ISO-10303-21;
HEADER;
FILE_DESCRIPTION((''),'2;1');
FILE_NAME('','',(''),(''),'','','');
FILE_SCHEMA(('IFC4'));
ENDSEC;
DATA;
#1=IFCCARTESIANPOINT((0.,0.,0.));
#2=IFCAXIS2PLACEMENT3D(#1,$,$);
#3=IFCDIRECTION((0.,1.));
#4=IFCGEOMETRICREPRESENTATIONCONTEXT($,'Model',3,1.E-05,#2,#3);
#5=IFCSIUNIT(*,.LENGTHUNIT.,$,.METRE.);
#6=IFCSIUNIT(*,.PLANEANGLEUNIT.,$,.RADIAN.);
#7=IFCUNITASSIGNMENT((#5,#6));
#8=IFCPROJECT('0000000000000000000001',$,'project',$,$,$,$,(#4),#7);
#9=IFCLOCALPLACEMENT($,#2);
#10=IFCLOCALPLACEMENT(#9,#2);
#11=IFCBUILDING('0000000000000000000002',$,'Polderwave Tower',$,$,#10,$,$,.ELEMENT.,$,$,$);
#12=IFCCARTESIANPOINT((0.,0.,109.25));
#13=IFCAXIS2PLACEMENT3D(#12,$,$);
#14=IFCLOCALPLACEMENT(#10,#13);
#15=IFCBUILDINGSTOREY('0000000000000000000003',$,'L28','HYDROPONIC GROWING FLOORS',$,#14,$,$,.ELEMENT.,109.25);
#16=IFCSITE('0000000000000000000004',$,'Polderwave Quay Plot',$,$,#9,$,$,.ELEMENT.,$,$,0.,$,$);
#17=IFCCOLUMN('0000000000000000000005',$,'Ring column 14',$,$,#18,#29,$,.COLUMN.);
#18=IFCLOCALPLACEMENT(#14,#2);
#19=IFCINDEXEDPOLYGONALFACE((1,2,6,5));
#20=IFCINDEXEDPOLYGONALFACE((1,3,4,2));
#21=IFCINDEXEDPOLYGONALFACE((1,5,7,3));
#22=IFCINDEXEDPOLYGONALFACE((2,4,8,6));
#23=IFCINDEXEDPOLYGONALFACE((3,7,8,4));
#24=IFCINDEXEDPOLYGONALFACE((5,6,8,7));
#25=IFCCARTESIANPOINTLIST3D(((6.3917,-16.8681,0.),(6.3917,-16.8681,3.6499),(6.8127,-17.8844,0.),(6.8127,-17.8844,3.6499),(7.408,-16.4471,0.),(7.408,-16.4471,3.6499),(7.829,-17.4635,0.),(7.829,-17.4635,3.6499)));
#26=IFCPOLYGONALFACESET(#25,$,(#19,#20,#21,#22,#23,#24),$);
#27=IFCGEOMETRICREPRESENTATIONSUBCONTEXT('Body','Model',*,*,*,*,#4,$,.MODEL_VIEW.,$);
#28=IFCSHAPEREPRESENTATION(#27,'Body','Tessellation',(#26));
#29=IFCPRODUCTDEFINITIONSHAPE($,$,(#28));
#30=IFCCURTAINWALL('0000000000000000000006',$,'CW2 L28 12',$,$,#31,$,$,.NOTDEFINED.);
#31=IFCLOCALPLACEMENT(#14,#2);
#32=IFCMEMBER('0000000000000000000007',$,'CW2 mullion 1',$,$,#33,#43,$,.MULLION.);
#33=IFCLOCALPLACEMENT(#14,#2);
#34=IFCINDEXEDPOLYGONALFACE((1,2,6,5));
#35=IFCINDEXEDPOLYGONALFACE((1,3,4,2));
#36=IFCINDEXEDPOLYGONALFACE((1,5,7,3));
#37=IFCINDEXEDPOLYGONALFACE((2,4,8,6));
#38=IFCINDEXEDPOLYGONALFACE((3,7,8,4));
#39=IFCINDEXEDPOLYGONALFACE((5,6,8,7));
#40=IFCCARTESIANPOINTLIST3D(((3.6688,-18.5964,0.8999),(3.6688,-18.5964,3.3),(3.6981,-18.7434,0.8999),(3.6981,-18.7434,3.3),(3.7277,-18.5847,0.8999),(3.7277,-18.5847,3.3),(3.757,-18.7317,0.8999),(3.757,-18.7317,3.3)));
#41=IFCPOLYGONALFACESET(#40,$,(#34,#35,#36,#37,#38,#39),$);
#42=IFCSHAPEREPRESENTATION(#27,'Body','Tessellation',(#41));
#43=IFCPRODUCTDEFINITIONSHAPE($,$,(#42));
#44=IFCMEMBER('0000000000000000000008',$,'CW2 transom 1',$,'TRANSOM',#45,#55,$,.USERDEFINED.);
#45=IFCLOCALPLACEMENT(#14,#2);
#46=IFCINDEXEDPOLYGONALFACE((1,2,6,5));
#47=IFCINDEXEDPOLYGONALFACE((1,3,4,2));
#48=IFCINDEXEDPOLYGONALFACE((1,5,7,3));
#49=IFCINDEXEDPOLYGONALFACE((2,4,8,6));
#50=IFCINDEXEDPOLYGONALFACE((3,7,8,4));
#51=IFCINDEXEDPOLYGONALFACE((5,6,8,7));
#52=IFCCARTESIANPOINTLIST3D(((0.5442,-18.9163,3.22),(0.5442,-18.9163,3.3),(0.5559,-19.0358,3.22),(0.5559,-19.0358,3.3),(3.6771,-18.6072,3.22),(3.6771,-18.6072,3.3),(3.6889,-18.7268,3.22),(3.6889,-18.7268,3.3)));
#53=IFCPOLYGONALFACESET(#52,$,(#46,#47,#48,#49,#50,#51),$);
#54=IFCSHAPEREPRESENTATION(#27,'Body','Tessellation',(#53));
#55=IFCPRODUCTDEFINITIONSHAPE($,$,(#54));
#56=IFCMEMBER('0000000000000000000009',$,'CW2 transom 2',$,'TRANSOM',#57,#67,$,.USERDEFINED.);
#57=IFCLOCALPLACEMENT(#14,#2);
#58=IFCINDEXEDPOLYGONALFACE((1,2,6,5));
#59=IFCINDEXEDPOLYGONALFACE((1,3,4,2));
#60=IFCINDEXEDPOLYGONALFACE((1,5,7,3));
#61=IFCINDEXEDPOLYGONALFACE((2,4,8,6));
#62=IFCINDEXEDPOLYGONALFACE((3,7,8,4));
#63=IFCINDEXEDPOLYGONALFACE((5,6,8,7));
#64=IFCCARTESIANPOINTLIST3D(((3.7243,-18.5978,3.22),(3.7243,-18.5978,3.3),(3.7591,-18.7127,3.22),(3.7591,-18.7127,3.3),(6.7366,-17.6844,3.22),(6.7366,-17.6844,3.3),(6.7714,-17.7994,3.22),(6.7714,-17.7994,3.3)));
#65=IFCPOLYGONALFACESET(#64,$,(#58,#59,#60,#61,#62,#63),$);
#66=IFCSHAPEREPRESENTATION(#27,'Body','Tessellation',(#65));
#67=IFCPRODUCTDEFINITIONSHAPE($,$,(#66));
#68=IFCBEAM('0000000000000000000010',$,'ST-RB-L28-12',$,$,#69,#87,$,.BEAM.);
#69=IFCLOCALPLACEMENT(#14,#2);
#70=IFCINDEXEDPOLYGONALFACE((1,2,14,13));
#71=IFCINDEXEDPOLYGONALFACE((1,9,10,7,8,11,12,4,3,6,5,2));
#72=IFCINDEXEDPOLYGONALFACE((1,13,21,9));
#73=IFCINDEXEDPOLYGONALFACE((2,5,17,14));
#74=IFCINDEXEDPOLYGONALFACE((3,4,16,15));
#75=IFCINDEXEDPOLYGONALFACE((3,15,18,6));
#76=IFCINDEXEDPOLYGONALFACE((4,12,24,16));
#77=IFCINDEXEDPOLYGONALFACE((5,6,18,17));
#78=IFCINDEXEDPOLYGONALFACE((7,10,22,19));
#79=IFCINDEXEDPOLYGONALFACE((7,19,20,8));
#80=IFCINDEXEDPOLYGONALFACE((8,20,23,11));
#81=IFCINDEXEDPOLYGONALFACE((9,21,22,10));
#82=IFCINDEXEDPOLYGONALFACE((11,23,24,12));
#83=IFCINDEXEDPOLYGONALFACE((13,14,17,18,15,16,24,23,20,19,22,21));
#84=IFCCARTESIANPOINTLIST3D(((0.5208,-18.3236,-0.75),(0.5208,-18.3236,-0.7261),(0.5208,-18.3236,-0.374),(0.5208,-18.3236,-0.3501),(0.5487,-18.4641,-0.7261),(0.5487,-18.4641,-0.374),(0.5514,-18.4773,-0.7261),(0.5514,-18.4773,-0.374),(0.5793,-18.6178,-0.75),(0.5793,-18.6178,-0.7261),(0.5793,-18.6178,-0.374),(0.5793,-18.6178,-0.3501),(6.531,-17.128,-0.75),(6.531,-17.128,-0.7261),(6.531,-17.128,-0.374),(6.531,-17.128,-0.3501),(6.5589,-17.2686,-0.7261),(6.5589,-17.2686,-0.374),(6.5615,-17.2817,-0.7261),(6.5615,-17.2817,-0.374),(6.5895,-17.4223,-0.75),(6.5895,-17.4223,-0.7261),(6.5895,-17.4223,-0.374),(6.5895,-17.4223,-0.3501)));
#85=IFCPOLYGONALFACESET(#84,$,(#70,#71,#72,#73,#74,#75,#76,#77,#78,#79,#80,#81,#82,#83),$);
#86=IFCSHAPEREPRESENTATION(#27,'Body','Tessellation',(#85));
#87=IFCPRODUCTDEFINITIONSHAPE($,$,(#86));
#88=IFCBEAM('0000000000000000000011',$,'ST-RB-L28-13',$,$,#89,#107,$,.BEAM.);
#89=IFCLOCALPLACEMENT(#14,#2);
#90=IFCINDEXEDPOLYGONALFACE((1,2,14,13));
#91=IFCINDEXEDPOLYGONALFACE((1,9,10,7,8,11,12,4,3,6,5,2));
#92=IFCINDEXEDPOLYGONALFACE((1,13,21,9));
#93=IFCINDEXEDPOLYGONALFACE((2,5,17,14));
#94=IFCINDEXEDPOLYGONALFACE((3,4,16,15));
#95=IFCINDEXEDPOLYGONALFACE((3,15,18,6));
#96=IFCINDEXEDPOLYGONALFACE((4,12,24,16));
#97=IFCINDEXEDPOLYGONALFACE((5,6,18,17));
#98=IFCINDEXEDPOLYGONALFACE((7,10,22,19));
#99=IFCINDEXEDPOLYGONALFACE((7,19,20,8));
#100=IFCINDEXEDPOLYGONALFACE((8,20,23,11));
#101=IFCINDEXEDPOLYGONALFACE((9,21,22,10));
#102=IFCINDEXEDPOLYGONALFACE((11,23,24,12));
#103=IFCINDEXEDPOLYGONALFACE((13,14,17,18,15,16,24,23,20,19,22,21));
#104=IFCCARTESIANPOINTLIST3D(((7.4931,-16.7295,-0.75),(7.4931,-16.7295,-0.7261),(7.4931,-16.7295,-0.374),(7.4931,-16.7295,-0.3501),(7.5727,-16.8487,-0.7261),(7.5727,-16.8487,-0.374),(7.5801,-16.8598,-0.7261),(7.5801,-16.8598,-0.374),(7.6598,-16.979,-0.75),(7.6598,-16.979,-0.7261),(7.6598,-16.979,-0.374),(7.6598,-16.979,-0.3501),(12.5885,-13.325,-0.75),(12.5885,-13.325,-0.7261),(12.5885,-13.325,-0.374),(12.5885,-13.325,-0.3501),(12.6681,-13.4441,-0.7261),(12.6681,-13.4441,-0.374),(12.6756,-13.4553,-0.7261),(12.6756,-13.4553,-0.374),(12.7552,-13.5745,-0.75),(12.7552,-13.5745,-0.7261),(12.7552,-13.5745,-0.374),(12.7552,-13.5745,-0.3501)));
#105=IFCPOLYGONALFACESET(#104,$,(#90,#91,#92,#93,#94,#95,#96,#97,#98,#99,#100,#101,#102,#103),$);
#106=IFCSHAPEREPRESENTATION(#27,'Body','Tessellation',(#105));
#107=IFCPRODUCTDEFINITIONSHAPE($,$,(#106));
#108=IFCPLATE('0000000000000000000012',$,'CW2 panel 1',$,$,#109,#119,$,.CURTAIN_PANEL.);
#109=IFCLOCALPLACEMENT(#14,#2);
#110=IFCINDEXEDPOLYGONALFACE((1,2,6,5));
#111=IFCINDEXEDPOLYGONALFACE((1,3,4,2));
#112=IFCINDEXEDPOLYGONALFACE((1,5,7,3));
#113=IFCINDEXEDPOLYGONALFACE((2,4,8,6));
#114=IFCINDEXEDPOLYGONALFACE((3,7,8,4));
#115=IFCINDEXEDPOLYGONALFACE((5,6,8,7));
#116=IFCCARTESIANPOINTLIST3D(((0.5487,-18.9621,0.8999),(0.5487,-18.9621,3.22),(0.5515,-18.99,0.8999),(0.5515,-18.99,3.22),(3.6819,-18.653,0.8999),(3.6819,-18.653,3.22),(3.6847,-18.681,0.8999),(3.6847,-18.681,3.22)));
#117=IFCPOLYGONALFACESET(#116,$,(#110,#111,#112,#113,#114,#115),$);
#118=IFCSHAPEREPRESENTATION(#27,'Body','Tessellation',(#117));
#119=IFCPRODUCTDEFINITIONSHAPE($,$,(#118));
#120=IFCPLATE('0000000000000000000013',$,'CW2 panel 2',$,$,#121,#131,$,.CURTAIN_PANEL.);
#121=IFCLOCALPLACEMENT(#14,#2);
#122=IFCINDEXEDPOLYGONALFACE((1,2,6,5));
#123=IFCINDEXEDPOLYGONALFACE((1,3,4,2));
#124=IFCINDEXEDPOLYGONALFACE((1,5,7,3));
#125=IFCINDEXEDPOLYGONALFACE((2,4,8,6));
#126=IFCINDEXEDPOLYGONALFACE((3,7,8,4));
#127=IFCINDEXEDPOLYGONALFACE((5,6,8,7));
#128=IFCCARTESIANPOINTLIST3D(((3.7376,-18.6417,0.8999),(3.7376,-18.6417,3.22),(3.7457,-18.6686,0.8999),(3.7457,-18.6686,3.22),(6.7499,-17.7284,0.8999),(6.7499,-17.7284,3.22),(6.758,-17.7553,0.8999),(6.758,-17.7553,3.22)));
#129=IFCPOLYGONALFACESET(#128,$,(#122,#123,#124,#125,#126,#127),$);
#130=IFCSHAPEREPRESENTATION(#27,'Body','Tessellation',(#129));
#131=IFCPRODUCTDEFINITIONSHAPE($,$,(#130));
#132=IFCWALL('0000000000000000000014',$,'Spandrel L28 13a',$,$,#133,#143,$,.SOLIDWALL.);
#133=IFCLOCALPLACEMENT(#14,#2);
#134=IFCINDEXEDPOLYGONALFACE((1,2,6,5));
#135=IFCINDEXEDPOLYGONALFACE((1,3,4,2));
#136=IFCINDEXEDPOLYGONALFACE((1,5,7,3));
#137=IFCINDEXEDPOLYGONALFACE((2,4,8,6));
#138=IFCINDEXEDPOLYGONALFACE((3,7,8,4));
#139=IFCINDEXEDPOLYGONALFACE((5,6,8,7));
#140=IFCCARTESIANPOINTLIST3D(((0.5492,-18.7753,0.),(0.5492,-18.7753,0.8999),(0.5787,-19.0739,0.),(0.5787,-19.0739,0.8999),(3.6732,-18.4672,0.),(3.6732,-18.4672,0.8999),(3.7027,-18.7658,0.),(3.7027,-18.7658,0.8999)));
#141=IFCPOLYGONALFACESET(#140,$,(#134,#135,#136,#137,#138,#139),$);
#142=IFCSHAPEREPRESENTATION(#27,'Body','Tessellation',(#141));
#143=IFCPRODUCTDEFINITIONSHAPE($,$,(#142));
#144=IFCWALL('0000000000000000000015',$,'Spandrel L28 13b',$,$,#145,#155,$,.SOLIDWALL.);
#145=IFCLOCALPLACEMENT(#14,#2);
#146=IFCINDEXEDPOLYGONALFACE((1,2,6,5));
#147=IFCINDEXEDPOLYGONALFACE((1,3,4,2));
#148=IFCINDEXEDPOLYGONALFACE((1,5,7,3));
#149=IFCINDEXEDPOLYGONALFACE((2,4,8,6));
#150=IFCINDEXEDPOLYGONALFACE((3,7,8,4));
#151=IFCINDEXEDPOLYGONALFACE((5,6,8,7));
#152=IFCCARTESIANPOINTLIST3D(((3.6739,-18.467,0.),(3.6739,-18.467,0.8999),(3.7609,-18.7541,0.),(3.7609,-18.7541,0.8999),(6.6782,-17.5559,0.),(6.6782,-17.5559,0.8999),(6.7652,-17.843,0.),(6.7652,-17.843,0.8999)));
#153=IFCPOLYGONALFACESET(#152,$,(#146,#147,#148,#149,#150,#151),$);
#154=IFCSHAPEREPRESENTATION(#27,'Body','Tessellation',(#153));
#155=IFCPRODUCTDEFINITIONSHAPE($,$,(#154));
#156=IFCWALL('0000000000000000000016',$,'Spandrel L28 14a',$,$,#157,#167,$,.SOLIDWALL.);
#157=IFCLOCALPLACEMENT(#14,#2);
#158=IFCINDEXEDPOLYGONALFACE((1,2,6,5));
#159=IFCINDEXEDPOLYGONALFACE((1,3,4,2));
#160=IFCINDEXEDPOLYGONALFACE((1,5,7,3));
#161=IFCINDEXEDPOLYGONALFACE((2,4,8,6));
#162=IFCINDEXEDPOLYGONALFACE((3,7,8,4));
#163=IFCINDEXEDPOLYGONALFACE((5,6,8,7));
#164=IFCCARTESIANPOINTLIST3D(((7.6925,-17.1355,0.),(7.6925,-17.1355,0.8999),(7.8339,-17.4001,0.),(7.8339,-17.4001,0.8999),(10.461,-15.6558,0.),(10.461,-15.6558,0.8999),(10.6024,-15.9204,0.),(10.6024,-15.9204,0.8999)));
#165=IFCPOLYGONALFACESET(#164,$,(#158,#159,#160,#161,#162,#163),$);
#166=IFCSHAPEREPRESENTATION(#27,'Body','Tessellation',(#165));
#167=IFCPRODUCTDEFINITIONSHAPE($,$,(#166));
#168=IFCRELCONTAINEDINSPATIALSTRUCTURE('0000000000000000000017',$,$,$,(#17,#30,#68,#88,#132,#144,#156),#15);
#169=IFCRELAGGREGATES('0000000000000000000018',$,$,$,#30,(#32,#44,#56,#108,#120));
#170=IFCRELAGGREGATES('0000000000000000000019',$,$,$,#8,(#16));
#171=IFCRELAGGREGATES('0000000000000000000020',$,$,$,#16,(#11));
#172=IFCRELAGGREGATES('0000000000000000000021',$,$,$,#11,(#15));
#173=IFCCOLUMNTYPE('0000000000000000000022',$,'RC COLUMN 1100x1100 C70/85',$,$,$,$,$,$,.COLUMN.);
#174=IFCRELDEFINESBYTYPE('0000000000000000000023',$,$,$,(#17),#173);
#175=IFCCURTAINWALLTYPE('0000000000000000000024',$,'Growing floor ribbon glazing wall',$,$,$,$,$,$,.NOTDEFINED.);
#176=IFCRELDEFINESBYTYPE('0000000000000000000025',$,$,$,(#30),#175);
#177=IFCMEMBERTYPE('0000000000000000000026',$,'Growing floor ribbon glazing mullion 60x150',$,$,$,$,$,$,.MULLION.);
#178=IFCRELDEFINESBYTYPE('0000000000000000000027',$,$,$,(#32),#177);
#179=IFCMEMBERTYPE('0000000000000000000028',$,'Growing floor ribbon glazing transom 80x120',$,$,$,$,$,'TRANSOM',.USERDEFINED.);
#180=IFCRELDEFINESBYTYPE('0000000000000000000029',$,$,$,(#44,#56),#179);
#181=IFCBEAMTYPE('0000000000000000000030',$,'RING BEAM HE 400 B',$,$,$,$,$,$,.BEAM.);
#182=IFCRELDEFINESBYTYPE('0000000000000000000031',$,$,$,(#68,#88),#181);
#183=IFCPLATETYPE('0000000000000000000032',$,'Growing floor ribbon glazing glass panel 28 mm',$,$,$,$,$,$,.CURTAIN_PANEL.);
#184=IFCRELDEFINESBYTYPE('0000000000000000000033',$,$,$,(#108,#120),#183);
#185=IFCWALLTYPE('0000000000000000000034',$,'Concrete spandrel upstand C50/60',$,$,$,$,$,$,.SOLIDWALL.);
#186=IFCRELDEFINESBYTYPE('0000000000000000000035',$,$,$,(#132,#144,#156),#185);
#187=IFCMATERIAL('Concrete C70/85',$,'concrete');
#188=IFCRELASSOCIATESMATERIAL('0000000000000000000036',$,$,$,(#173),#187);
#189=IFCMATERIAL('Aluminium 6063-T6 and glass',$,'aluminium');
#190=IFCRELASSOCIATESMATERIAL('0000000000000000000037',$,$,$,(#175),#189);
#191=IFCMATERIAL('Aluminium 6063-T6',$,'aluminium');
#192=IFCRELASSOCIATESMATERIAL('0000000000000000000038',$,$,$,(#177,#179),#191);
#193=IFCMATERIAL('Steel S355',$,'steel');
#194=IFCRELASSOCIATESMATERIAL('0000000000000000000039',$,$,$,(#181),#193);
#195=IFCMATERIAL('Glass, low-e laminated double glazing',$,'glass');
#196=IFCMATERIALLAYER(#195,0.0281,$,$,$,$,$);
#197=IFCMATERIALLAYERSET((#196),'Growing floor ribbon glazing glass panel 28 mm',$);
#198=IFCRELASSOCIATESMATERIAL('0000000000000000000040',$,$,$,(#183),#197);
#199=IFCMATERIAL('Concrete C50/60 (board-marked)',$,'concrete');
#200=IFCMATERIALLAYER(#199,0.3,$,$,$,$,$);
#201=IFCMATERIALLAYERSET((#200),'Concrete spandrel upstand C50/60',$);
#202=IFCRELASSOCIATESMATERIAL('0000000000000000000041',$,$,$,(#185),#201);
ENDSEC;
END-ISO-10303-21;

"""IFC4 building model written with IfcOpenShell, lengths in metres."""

from ifc_helpers import new_model, si_unit, direction, frame, frame_2d, origin, origin_2d, place, context, subcontext, project, spatial, rectangle, i_section, extrude, material, layer, layer_set, material_profile, profile_set, type_object, element, aggregate, save


model = new_model("IFC4")

# Units and contexts
model_context = context("Model", 3, precision=1e-05, world=origin(), true_north=direction((0.0, 1.0)))
body_context = subcontext(model_context, "Body", "Model", "MODEL_VIEW")
ifc_project = project(units=[si_unit("LENGTHUNIT", "METRE"), si_unit("PLANEANGLEUNIT", "RADIAN")], contexts=[model_context])

# Site, building, storey
site_placement = place(None, origin())
site = spatial("IfcSite", under=ifc_project, at=site_placement, Name="Polderwave Quay Plot", CompositionType="ELEMENT", RefElevation=0.0)
building_placement = place(site_placement, origin())
building = spatial("IfcBuilding", under=site, at=building_placement, Name="Polderwave Tower", CompositionType="ELEMENT")
storey_placement = place(building_placement, frame((0.0, 0.0, 109.25)))
storey = spatial("IfcBuildingStorey", under=building, at=storey_placement, Name="L28", Description="HYDROPONIC GROWING FLOORS", CompositionType="ELEMENT", Elevation=109.25)

# Column
ifc_material_1 = material(Name="Concrete C70/85", Category="concrete")
ifc_material_profile_1 = material_profile(ifc_material_1, rectangle(XDim=1.1001, YDim=1.1001, at=origin_2d()), Name="RC 1100x1100")
ifc_profile_set_1 = profile_set([ifc_material_profile_1], Name="Concrete C70/85")
column_type = type_object("IfcColumnType", Name="RC COLUMN 1100x1100 C70/85", PredefinedType="COLUMN", material=ifc_profile_set_1)
column_placement = place(storey_placement, frame((7.1104, -17.1658, 0.0), z_axis=(0.0, 0.0, 1.0), x_axis=(0.382683, -0.92388, 0.0)))
element("IfcColumn", 1, at=column_placement, inside=storey, type_object=column_type, Name="Ring column 14", PredefinedType="COLUMN", context=body_context, shape_type="SweptSolid", body=[
    extrude(rectangle(XDim=1.1001, YDim=1.1001, at=origin_2d()), origin(), (0.0, 0.0, 1.0), 3.6499),
])

# Curtain wall, members
ifc_material_2 = material(Name="Aluminium 6063-T6 and glass", Category="aluminium")
curtain_wall_type = type_object("IfcCurtainWallType", Name="Growing floor ribbon glazing wall", PredefinedType="NOTDEFINED", material=ifc_material_2)
curtain_wall_placement = place(storey_placement, origin())
curtain_wall = element("IfcCurtainWall", 2, at=curtain_wall_placement, inside=storey, type_object=curtain_wall_type, Name="CW2 L28 12", PredefinedType="NOTDEFINED")
ifc_material_3 = material(Name="Aluminium 6063-T6", Category="aluminium")
ifc_material_profile_2 = material_profile(ifc_material_3, rectangle(XDim=0.1499, YDim=0.0601, at=origin_2d()), Name="AL 60x150")
ifc_profile_set_2 = profile_set([ifc_material_profile_2], Name="Aluminium 6063-T6")
member_type_1 = type_object("IfcMemberType", Name="Growing floor ribbon glazing mullion 60x150", PredefinedType="MULLION", material=ifc_profile_set_2)
member_1_placement = place(storey_placement, frame((3.7129, -18.6641, 0.8999), z_axis=(0.0, 0.0, 1.0), x_axis=(-0.195092, 0.980785, 0.0)))
member_1 = element("IfcMember", 3, at=member_1_placement, type_object=member_type_1, Name="CW2 mullion 1", PredefinedType="MULLION", context=body_context, shape_type="SweptSolid", body=[
    extrude(rectangle(XDim=0.1499, YDim=0.0601, at=origin_2d()), origin(), (0.0, 0.0, 1.0), 2.4001),
])
ifc_material_profile_3 = material_profile(ifc_material_3, rectangle(XDim=0.1201, YDim=0.0801, at=origin_2d()), Name="AL 80x120")
ifc_profile_set_3 = profile_set([ifc_material_profile_3], Name="Aluminium 6063-T6")
member_type_2 = type_object("IfcMemberType", Name="Growing floor ribbon glazing transom 80x120", ElementType="TRANSOM", PredefinedType="USERDEFINED", material=ifc_profile_set_3)
member_2_placement = place(storey_placement, frame((0.55, -18.9761, 3.26), z_axis=(0.995169, 0.098175, 0.0), x_axis=(-0.098175, 0.995169, 0.0)))
member_2 = element("IfcMember", 4, at=member_2_placement, type_object=member_type_2, Name="CW2 transom 1", ObjectType="TRANSOM", PredefinedType="USERDEFINED", context=body_context, shape_type="SweptSolid", body=[
    extrude(rectangle(XDim=0.1201, YDim=0.0801, at=origin_2d()), origin(), (0.0, 0.0, 1.0), 3.1482),
])
member_3_placement = place(storey_placement, frame((3.7417, -18.6553, 3.26), z_axis=(0.956977, 0.290165, 0.0), x_axis=(-0.290165, 0.956977, 0.0)))
member_3 = element("IfcMember", 5, at=member_3_placement, type_object=member_type_2, Name="CW2 transom 2", ObjectType="TRANSOM", PredefinedType="USERDEFINED", context=body_context, shape_type="SweptSolid", body=[
    extrude(rectangle(XDim=0.1201, YDim=0.0801, at=origin_2d()), origin(), (0.0, 0.0, 1.0), 3.1477),
])

# Beams
ifc_material_4 = material(Name="Steel S355", Category="steel")
ifc_material_profile_4 = material_profile(ifc_material_4, i_section(OverallWidth=0.3, OverallDepth=0.3999, WebThickness=0.0134, FlangeThickness=0.0239, at=origin_2d()), Name="HE 400 B")
ifc_profile_set_4 = profile_set([ifc_material_profile_4], Name="Steel S355")
beam_type = type_object("IfcBeamType", Name="RING BEAM HE 400 B", PredefinedType="BEAM", material=ifc_profile_set_4)
beam_1_placement = place(storey_placement, frame((0.55, -18.4707, -0.55), z_axis=(0.980784, 0.195097, 0.0), x_axis=(-0.195097, 0.980784, 0.0)))
element("IfcBeam", 6, at=beam_1_placement, inside=storey, type_object=beam_type, Name="ST-RB-L28-12", PredefinedType="BEAM", context=body_context, shape_type="SweptSolid", body=[
    extrude(i_section(OverallWidth=0.3, OverallDepth=0.3999, WebThickness=0.0134, FlangeThickness=0.0239, at=origin_2d()), origin(), (0.0, 0.0, 1.0), 6.1279),
])
beam_2_placement = place(storey_placement, frame((7.5764, -16.8542, -0.55), z_axis=(0.83148, 0.555555, 0.0), x_axis=(-0.555555, 0.83148, 0.0)))
element("IfcBeam", 7, at=beam_2_placement, inside=storey, type_object=beam_type, Name="ST-RB-L28-13", PredefinedType="BEAM", context=body_context, shape_type="SweptSolid", body=[
    extrude(i_section(OverallWidth=0.3, OverallDepth=0.3999, WebThickness=0.0134, FlangeThickness=0.0239, at=origin_2d()), origin(), (0.0, 0.0, 1.0), 6.1282),
])

# Plates
ifc_material_5 = material(Name="Glass, low-e laminated double glazing", Category="glass")
ifc_layer_1 = layer(ifc_material_5, 0.0281)
ifc_layer_set_1 = layer_set([ifc_layer_1], Name="Growing floor ribbon glazing glass panel 28 mm")
plate_type = type_object("IfcPlateType", Name="Growing floor ribbon glazing glass panel 28 mm", PredefinedType="CURTAIN_PANEL", material=ifc_layer_set_1)
plate_1_placement = place(storey_placement, frame((2.1167, -18.8215, 0.8999), z_axis=(0.0, 0.0, 1.0), x_axis=(0.99517, 0.098165, 0.0)))
plate_1 = element("IfcPlate", 8, at=plate_1_placement, type_object=plate_type, Name="CW2 panel 1", PredefinedType="CURTAIN_PANEL", context=body_context, shape_type="SweptSolid", body=[
    extrude(rectangle(XDim=3.1484, YDim=0.0281, at=origin_2d()), origin(), (0.0, 0.0, 1.0), 2.3201),
])
plate_2_placement = place(storey_placement, frame((5.2478, -18.1985, 0.8999), z_axis=(0.0, 0.0, 1.0), x_axis=(0.956982, 0.290148, 0.0)))
plate_2 = element("IfcPlate", 9, at=plate_2_placement, type_object=plate_type, Name="CW2 panel 2", PredefinedType="CURTAIN_PANEL", context=body_context, shape_type="SweptSolid", body=[
    extrude(rectangle(XDim=3.1477, YDim=0.0281, at=origin_2d()), origin(), (0.0, 0.0, 1.0), 2.3201),
])
aggregate(curtain_wall, [member_1, member_2, member_3, plate_1, plate_2])

# Walls
ifc_material_6 = material(Name="Concrete C50/60 (board-marked)", Category="concrete")
ifc_layer_2 = layer(ifc_material_6, 0.3)
ifc_layer_set_2 = layer_set([ifc_layer_2], Name="Concrete spandrel upstand C50/60")
wall_type_1 = type_object("IfcWallType", Name="Concrete spandrel upstand C50/60", PredefinedType="SOLIDWALL", material=ifc_layer_set_2)
wall_1_placement = place(storey_placement, frame((0.564, -18.9246, 0.0), z_axis=(0.0, 0.0, 1.0), x_axis=(0.995172, 0.098148, 0.0)))
element("IfcWall", 10, at=wall_1_placement, inside=storey, type_object=wall_type_1, Name="Spandrel L28 13a", PredefinedType="SOLIDWALL", context=body_context, shape_type="SweptSolid", body=[
    extrude(rectangle(XDim=3.1392, YDim=0.3, at=frame_2d((1.5696, 0.0))), origin(), (0.0, 0.0, 1.0), 0.8999),
])
wall_2_placement = place(storey_placement, frame((3.7173, -18.6106, 0.0), z_axis=(0.0, 0.0, 1.0), x_axis=(0.956962, 0.290215, 0.0)))
element("IfcWall", 11, at=wall_2_placement, inside=storey, type_object=wall_type_1, Name="Spandrel L28 13b", PredefinedType="SOLIDWALL", context=body_context, shape_type="SweptSolid", body=[
    extrude(rectangle(XDim=3.1394, YDim=0.3, at=frame_2d((1.5698, 0.0))), origin(), (0.0, 0.0, 1.0), 0.8999),
])
wall_3_placement = place(storey_placement, frame((7.7632, -17.2678, 0.0), z_axis=(0.0, 0.0, 1.0), x_axis=(0.881933, 0.471375, 0.0)))
element("IfcWall", 12, at=wall_3_placement, inside=storey, type_object=wall_type_1, Name="Spandrel L28 14a", PredefinedType="SOLIDWALL", context=body_context, shape_type="SweptSolid", body=[
    extrude(rectangle(XDim=3.1392, YDim=0.3, at=frame_2d((1.5696, 0.0))), origin(), (0.0, 0.0, 1.0), 0.8999),
])

save(model, "model.ifc")
